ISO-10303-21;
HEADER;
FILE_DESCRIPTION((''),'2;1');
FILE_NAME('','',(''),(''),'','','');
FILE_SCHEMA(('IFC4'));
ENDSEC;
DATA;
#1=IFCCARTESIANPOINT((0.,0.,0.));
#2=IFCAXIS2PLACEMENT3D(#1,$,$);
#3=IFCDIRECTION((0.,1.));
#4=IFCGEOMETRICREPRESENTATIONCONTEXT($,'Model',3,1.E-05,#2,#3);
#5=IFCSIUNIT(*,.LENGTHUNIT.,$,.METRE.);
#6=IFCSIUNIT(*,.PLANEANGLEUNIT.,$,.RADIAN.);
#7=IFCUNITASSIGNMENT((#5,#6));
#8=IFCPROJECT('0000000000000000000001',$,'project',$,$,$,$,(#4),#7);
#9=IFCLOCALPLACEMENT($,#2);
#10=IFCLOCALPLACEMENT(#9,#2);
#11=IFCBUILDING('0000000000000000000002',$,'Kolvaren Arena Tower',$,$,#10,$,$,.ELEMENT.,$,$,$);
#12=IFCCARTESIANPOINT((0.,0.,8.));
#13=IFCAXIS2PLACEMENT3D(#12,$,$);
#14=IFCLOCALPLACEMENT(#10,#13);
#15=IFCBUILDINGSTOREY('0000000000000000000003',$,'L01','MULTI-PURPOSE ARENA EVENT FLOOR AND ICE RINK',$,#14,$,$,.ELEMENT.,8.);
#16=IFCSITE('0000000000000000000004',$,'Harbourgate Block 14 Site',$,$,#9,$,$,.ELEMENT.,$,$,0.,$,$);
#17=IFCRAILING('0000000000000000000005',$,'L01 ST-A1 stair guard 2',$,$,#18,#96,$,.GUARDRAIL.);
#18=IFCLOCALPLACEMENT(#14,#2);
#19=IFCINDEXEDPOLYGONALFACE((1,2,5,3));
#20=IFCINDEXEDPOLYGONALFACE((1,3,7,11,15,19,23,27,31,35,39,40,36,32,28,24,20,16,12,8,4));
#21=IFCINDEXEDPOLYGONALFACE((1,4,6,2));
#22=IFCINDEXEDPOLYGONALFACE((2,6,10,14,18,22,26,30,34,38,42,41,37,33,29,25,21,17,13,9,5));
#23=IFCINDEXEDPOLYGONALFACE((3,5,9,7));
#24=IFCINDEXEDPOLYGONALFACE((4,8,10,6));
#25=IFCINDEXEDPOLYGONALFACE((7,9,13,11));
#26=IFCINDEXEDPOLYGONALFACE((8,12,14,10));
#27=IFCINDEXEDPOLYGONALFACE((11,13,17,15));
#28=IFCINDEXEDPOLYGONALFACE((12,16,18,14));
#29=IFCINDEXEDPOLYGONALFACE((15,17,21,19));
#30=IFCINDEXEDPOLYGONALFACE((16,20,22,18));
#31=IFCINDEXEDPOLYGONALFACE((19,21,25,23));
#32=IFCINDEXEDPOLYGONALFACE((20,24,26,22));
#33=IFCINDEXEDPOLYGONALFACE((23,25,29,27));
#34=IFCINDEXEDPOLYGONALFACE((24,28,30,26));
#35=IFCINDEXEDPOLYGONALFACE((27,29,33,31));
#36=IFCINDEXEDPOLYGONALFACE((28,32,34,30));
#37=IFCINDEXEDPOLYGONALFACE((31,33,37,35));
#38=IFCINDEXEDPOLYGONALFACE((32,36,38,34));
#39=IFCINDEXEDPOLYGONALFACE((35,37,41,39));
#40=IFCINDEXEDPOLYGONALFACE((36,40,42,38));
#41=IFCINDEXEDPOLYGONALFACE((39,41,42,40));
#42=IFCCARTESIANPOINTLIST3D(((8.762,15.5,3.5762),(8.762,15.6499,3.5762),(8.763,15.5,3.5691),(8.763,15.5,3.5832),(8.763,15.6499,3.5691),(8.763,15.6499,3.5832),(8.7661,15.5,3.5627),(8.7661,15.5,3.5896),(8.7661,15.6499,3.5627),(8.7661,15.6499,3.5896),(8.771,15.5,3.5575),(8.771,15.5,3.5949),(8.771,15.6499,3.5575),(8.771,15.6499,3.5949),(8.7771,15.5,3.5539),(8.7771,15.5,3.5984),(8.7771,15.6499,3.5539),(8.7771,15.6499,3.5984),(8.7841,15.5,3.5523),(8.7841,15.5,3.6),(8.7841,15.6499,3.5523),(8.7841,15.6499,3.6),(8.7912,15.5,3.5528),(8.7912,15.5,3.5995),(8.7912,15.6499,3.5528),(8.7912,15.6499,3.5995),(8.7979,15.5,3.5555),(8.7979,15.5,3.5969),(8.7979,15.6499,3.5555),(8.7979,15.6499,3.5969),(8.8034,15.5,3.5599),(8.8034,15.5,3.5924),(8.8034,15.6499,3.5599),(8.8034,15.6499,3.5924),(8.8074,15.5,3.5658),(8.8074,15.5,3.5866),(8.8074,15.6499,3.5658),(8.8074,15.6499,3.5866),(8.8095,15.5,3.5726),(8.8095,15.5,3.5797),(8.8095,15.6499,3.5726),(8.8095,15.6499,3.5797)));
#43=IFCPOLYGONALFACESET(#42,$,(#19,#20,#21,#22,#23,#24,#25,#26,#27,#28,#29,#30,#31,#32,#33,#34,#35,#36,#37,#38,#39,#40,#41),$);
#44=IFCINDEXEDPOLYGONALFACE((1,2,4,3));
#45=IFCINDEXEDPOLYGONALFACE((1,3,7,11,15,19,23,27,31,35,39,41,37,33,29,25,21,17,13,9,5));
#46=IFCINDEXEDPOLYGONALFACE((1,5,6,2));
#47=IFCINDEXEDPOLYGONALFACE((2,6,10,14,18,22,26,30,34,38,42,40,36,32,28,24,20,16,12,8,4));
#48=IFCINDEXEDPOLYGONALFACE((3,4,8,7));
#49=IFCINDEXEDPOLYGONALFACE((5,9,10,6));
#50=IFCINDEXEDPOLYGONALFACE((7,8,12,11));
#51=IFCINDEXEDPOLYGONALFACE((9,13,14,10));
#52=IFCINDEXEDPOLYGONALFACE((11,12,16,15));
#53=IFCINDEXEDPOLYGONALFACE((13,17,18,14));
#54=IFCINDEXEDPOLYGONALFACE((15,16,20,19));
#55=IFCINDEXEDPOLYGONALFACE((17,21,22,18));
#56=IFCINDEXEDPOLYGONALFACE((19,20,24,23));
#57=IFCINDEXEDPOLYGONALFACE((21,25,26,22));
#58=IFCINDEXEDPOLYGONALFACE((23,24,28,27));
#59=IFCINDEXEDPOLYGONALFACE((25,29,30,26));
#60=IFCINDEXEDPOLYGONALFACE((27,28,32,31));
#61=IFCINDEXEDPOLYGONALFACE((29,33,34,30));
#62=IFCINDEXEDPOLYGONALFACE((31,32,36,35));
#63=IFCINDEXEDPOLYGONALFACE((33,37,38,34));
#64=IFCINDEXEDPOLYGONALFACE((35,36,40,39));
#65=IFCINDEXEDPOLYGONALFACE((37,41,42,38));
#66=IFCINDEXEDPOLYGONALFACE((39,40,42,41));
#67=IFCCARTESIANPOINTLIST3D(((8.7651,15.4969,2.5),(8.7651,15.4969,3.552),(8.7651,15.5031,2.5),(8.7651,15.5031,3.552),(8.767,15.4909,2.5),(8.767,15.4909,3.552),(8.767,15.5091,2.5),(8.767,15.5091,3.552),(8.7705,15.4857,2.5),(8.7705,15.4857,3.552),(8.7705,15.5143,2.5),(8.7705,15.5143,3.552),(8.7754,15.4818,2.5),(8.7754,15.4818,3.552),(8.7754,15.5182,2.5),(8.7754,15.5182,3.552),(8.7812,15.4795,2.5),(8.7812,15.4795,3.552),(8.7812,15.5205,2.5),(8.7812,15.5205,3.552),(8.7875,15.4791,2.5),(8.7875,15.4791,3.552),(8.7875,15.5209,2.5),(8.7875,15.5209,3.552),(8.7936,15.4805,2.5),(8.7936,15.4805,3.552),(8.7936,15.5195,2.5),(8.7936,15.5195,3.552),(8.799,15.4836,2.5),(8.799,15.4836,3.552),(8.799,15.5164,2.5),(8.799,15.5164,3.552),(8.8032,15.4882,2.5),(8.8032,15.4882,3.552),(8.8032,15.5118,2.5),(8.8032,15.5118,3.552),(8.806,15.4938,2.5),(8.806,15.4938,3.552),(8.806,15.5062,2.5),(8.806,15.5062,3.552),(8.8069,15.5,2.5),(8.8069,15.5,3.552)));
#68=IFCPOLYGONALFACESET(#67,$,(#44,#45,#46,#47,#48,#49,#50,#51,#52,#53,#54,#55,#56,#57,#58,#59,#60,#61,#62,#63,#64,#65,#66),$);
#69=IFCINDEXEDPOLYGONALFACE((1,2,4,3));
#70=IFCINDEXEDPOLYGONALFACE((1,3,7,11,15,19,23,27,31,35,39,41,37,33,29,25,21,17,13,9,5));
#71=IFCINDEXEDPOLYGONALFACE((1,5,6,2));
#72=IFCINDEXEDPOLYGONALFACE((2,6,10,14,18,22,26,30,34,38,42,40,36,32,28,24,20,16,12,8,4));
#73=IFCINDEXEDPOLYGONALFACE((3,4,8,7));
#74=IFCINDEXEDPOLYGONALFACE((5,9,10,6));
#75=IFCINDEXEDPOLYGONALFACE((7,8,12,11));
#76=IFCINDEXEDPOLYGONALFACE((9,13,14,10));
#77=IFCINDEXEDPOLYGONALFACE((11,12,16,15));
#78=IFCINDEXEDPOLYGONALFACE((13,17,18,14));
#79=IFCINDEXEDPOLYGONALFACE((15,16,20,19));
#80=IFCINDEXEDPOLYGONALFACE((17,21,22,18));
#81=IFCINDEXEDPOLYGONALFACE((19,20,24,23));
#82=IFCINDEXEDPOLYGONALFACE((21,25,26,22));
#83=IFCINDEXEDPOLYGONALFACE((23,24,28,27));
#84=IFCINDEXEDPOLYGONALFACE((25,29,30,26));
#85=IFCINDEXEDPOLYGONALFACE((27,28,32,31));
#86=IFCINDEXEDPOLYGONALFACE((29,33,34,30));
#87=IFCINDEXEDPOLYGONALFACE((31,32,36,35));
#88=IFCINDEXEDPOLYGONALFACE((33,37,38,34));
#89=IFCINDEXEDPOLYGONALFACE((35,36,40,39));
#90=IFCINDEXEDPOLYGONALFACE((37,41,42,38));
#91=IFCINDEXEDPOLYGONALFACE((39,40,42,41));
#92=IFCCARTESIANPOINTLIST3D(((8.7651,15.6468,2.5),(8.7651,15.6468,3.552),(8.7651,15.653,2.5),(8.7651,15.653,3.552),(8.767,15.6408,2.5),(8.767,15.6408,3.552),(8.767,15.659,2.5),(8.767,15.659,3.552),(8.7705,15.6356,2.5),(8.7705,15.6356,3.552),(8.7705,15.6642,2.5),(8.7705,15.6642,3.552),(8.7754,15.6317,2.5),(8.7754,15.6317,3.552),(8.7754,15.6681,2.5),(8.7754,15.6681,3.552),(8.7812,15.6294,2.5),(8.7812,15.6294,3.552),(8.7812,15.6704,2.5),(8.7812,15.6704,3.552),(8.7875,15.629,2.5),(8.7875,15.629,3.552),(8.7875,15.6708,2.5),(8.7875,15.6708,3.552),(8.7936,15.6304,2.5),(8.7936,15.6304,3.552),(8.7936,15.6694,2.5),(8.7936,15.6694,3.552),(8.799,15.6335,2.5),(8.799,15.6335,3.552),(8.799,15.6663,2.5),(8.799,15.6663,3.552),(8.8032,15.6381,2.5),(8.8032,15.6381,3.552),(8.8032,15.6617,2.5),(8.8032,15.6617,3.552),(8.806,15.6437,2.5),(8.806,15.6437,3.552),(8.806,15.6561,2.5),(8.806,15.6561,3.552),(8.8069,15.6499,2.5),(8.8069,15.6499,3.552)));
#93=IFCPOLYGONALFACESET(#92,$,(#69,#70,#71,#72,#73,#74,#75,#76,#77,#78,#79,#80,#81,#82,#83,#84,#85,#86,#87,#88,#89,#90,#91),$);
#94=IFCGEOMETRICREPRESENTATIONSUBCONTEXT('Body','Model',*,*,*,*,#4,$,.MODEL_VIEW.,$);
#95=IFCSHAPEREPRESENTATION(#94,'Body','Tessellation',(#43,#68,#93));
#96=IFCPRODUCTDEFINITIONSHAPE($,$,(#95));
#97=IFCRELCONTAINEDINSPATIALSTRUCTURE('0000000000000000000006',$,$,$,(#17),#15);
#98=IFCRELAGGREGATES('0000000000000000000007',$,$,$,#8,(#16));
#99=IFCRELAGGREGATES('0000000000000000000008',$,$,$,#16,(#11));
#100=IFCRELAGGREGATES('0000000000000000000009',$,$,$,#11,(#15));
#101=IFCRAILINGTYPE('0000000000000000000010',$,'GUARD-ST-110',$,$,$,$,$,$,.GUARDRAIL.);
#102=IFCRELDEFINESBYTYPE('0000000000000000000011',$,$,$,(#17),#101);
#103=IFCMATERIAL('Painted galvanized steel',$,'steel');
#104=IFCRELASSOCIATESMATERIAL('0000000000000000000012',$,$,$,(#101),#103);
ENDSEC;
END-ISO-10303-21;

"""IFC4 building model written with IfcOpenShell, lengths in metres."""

from ifc_helpers import new_model, si_unit, direction, frame, origin, origin_2d, place, context, subcontext, project, spatial, circle, extrude, material, type_object, element, save


model = new_model("IFC4")

# Units and contexts
model_context = context("Model", 3, precision=1e-05, world=origin(), true_north=direction((0.0, 1.0)))
body_context = subcontext(model_context, "Body", "Model", "MODEL_VIEW")
ifc_project = project(units=[si_unit("LENGTHUNIT", "METRE"), si_unit("PLANEANGLEUNIT", "RADIAN")], contexts=[model_context])

# Site, building, storey
site_placement = place(None, origin())
site = spatial("IfcSite", under=ifc_project, at=site_placement, Name="Harbourgate Block 14 Site", CompositionType="ELEMENT", RefElevation=0.0)
building_placement = place(site_placement, origin())
building = spatial("IfcBuilding", under=site, at=building_placement, Name="Kolvaren Arena Tower", CompositionType="ELEMENT")
storey_placement = place(building_placement, frame((0.0, 0.0, 8.0)))
storey = spatial("IfcBuildingStorey", under=building, at=storey_placement, Name="L01", Description="MULTI-PURPOSE ARENA EVENT FLOOR AND ICE RINK", CompositionType="ELEMENT", Elevation=8.0)

# Railing
ifc_material_1 = material(Name="Painted galvanized steel", Category="steel")
railing_type_1 = type_object("IfcRailingType", Name="GUARD-ST-110", PredefinedType="GUARDRAIL", material=ifc_material_1)
railing_1_placement = place(storey_placement, frame((8.7859, 15.5, 2.5)))
element("IfcRailing", 1, at=railing_1_placement, inside=storey, type_object=railing_type_1, Name="L01 ST-A1 stair guard 2", PredefinedType="GUARDRAIL", context=body_context, shape_type="SweptSolid", body=[
    extrude(circle(Radius=0.0239, at=origin_2d()), frame((0.0, 0.0, 1.0762), z_axis=(0.0, 1.0, 0.0), x_axis=(-1.0, 0.0, 0.0)), (0.0, 0.0, 1.0), 0.1499),
    extrude(circle(Radius=0.021, at=origin_2d()), origin(), (0.0, 0.0, 1.0), 1.052),
    extrude(circle(Radius=0.021, at=origin_2d()), frame((0.0, 0.1499, 0.0)), (0.0, 0.0, 1.0), 1.052),
])

save(model, "model.ifc")
